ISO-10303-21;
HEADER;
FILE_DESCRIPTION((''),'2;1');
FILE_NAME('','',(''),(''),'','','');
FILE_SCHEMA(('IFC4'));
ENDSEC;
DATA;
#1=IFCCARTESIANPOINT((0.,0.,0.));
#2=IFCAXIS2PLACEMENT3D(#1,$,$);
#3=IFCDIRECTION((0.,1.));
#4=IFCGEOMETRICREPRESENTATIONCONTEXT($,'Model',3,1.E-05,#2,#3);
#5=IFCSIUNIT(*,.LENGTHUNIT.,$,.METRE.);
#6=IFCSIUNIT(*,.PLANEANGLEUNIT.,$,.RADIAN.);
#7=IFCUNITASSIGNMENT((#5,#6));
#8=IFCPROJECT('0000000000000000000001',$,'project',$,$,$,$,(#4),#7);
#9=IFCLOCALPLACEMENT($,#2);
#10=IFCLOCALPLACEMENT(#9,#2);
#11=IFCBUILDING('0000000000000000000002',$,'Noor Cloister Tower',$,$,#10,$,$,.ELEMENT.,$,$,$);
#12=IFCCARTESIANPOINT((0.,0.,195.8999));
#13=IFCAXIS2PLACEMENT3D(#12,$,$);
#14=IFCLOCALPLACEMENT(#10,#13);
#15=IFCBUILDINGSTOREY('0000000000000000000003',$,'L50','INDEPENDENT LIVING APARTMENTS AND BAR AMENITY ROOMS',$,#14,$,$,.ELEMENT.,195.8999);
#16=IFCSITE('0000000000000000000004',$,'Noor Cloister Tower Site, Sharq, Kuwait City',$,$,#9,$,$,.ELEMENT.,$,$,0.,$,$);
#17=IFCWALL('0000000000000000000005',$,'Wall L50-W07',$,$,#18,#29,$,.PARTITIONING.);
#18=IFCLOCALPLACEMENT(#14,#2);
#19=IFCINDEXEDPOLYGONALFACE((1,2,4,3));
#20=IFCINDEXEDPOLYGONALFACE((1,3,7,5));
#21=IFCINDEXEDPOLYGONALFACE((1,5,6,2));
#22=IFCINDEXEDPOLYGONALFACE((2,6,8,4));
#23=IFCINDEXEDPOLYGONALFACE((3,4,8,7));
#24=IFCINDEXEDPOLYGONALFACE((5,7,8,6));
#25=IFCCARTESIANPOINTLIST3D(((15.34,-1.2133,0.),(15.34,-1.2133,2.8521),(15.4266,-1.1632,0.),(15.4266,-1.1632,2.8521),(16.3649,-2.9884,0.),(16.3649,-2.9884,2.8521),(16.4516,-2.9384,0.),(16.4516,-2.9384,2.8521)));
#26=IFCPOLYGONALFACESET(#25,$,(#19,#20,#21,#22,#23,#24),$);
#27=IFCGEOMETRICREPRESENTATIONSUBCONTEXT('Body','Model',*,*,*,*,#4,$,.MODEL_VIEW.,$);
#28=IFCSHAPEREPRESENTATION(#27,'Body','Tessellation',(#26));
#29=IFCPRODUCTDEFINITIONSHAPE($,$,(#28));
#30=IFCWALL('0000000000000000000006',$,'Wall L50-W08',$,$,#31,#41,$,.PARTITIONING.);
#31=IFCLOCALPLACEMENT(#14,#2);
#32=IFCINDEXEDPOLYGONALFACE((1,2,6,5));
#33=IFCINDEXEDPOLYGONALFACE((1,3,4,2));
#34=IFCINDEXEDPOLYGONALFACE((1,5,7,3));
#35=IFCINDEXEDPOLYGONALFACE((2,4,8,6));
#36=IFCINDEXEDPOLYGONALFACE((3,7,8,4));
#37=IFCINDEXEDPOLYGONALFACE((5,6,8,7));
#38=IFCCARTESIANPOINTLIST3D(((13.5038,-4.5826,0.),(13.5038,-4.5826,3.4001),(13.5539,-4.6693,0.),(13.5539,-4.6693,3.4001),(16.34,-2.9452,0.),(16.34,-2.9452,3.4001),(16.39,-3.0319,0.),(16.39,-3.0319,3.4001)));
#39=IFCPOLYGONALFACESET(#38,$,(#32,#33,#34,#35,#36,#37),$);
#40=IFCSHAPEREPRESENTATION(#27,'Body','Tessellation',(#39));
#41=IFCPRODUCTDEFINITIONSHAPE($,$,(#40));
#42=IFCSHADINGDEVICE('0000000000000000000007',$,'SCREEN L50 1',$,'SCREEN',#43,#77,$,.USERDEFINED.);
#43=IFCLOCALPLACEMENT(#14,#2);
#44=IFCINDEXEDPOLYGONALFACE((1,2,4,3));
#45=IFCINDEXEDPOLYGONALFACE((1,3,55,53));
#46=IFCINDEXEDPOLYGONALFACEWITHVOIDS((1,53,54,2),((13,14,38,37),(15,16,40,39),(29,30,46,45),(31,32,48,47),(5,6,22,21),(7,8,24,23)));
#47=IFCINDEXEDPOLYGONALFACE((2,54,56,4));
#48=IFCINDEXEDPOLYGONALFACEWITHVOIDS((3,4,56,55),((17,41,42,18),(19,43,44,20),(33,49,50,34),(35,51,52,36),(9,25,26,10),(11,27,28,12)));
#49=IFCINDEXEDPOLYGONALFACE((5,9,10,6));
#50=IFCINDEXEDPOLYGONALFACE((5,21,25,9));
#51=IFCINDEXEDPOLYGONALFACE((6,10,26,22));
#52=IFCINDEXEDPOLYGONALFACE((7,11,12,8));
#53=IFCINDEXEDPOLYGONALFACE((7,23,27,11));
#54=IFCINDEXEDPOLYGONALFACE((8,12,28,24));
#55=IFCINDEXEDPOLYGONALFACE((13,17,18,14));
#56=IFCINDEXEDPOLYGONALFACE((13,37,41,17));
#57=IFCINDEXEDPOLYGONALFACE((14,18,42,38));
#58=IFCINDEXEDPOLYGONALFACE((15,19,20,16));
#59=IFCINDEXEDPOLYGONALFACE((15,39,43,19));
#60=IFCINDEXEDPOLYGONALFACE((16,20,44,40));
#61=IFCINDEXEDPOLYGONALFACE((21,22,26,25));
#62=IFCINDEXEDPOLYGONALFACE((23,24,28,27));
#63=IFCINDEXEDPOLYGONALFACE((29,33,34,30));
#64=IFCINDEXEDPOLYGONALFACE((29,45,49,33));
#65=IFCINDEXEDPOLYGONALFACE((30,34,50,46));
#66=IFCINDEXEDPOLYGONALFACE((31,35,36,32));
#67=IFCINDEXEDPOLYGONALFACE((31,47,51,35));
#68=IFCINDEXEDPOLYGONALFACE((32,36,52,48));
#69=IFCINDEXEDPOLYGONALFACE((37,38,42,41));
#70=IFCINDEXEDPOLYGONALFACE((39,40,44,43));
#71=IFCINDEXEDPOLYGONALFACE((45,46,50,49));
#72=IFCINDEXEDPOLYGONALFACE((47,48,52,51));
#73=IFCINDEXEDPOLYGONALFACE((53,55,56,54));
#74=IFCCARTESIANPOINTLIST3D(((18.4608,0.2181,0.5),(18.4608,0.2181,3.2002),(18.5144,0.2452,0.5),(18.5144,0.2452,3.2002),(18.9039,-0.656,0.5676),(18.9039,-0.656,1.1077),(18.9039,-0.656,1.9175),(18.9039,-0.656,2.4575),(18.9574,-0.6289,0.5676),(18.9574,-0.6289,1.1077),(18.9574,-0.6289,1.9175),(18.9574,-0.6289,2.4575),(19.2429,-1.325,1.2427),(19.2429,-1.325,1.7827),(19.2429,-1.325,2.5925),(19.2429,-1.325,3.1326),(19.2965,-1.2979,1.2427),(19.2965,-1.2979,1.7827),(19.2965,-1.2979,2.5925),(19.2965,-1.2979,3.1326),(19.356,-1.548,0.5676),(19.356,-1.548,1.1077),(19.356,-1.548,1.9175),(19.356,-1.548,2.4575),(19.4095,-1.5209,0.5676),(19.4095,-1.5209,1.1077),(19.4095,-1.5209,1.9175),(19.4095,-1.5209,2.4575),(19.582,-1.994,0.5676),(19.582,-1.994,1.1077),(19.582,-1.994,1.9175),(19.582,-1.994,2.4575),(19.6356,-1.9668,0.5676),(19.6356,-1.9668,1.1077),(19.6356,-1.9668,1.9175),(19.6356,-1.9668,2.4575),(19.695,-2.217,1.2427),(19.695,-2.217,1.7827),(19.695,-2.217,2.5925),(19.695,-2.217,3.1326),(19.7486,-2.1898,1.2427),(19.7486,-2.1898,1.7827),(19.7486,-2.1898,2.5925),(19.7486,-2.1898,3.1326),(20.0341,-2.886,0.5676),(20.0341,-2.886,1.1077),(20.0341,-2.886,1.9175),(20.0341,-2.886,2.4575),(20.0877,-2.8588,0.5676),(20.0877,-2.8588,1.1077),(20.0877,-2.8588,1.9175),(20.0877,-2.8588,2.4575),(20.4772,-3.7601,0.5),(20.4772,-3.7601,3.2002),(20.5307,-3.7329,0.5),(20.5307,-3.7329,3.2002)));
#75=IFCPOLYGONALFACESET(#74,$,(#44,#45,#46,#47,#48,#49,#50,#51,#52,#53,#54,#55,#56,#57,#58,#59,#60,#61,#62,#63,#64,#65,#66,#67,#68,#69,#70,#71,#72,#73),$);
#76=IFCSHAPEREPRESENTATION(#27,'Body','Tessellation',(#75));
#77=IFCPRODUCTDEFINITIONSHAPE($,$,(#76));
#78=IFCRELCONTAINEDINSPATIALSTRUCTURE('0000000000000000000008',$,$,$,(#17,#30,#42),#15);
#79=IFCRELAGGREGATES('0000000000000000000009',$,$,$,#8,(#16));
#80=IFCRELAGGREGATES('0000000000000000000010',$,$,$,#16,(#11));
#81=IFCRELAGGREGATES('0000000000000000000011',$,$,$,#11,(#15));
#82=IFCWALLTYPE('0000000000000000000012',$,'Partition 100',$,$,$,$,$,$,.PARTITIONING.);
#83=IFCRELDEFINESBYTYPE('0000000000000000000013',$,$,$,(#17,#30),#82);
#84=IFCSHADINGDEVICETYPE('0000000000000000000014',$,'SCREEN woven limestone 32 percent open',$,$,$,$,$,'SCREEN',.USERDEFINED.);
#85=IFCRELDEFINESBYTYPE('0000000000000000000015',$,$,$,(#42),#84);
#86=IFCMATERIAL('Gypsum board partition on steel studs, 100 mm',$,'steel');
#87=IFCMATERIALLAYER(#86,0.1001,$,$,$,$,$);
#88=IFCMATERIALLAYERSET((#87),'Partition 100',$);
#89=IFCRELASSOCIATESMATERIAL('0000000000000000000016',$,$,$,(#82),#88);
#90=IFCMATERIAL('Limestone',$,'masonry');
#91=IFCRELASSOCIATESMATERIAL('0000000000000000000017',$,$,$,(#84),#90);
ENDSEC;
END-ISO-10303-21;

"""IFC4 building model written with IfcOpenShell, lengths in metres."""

from ifc_helpers import new_model, si_unit, direction, frame, frame_2d, origin, place, context, subcontext, project, spatial, polyline, rectangle, outline, extrude, material, layer, layer_set, material_profile, profile_set, type_object, element, save


model = new_model("IFC4")

# Units and contexts
model_context = context("Model", 3, precision=1e-05, world=origin(), true_north=direction((0.0, 1.0)))
body_context = subcontext(model_context, "Body", "Model", "MODEL_VIEW")
ifc_project = project(units=[si_unit("LENGTHUNIT", "METRE"), si_unit("PLANEANGLEUNIT", "RADIAN")], contexts=[model_context])

# Site, building, storey
site_placement = place(None, origin())
site = spatial("IfcSite", under=ifc_project, at=site_placement, Name="Noor Cloister Tower Site, Sharq, Kuwait City", CompositionType="ELEMENT", RefElevation=0.0)
building_placement = place(site_placement, origin())
building = spatial("IfcBuilding", under=site, at=building_placement, Name="Noor Cloister Tower", CompositionType="ELEMENT")
storey_placement = place(building_placement, frame((0.0, 0.0, 195.8999)))
storey = spatial("IfcBuildingStorey", under=building, at=storey_placement, Name="L50", Description="INDEPENDENT LIVING APARTMENTS AND BAR AMENITY ROOMS", CompositionType="ELEMENT", Elevation=195.8999)

# Shared definitions
ifc_material_1 = material(Name="Gypsum board partition on steel studs, 100 mm", Category="steel")
ifc_layer_1 = layer(ifc_material_1, 0.1001)
ifc_layer_set_1 = layer_set([ifc_layer_1], Name="Partition 100")
wall_type_1 = type_object("IfcWallType", Name="Partition 100", PredefinedType="PARTITIONING", material=ifc_layer_set_1)

# Walls
wall_1_placement = place(storey_placement, frame((15.3833, -1.1882, 0.0), z_axis=(0.0, 0.0, 1.0), x_axis=(0.500008, -0.866021, 0.0)))
element("IfcWall", 1, at=wall_1_placement, inside=storey, type_object=wall_type_1, Name="Wall L50-W07", PredefinedType="PARTITIONING", context=body_context, shape_type="SweptSolid", body=[
    extrude(rectangle(XDim=2.0498, YDim=0.1001, at=frame_2d((1.0249, 0.0))), origin(), (0.0, 0.0, 1.0), 2.8521),
])
wall_2_placement = place(storey_placement, frame((16.365, -2.9885, 0.0), z_axis=(0.0, 0.0, 1.0), x_axis=(-0.866028, -0.499996, 0.0)))
element("IfcWall", 2, at=wall_2_placement, inside=storey, type_object=wall_type_1, Name="Wall L50-W08", PredefinedType="PARTITIONING", context=body_context, shape_type="SweptSolid", body=[
    extrude(rectangle(XDim=3.2749, YDim=0.1001, at=frame_2d((1.6375, 0.0))), origin(), (0.0, 0.0, 1.0), 3.4001),
])

# Shading device
ifc_material_2 = material(Name="Limestone", Category="masonry")
ifc_material_profile_1 = material_profile(ifc_material_2, outline(polyline([(-2.23, -1.3501), (2.23, -1.3501), (2.23, 1.3501), (-2.23, 1.3501), (-2.23, -1.3501)]), holes=[polyline([(-1.25, -1.2825), (-0.25, -1.2825), (-0.25, -0.7424), (-1.25, -0.7424), (-1.25, -1.2825)]), polyline([(0.25, -1.2825), (1.25, -1.2825), (1.25, -0.7424), (0.25, -0.7424), (0.25, -1.2825)]), polyline([(-0.5, -0.6074), (0.5, -0.6074), (0.5, -0.0674), (-0.5, -0.0674), (-0.5, -0.6074)]), polyline([(-1.25, 0.0674), (-0.25, 0.0674), (-0.25, 0.6074), (-1.25, 0.6074), (-1.25, 0.0674)]), polyline([(0.25, 0.0674), (1.25, 0.0674), (1.25, 0.6074), (0.25, 0.6074), (0.25, 0.0674)]), polyline([(-0.5, 0.7424), (0.5, 0.7424), (0.5, 1.2825), (-0.5, 1.2825), (-0.5, 0.7424)])]), Name="Woven screen 32 percent open")
ifc_profile_set_1 = profile_set([ifc_material_profile_1], Name="Limestone")
shading_device_type = type_object("IfcShadingDeviceType", Name="SCREEN woven limestone 32 percent open", ElementType="SCREEN", PredefinedType="USERDEFINED", material=ifc_profile_set_1)
shading_device_placement = place(storey_placement, frame((19.469, -1.771, 1.8501), z_axis=(0.89197, 0.452094, 0.0), x_axis=(-0.452094, 0.89197, 0.0)))
element("IfcShadingDevice", 3, at=shading_device_placement, inside=storey, type_object=shading_device_type, Name="SCREEN L50 1", ObjectType="SCREEN", PredefinedType="USERDEFINED", context=body_context, shape_type="SweptSolid", body=[
    extrude(outline(polyline([(-2.23, -1.3501), (2.23, -1.3501), (2.23, 1.3501), (-2.23, 1.3501), (-2.23, -1.3501)]), holes=[polyline([(-1.25, -1.2825), (-0.25, -1.2825), (-0.25, -0.7424), (-1.25, -0.7424), (-1.25, -1.2825)]), polyline([(0.25, -1.2825), (1.25, -1.2825), (1.25, -0.7424), (0.25, -0.7424), (0.25, -1.2825)]), polyline([(-0.5, -0.6074), (0.5, -0.6074), (0.5, -0.0674), (-0.5, -0.0674), (-0.5, -0.6074)]), polyline([(-1.25, 0.0674), (-0.25, 0.0674), (-0.25, 0.6074), (-1.25, 0.6074), (-1.25, 0.0674)]), polyline([(0.25, 0.0674), (1.25, 0.0674), (1.25, 0.6074), (0.25, 0.6074), (0.25, 0.0674)]), polyline([(-0.5, 0.7424), (0.5, 0.7424), (0.5, 1.2825), (-0.5, 1.2825), (-0.5, 0.7424)])]), origin(), (0.0, 0.0, 1.0), 0.0601),
])

save(model, "model.ifc")
